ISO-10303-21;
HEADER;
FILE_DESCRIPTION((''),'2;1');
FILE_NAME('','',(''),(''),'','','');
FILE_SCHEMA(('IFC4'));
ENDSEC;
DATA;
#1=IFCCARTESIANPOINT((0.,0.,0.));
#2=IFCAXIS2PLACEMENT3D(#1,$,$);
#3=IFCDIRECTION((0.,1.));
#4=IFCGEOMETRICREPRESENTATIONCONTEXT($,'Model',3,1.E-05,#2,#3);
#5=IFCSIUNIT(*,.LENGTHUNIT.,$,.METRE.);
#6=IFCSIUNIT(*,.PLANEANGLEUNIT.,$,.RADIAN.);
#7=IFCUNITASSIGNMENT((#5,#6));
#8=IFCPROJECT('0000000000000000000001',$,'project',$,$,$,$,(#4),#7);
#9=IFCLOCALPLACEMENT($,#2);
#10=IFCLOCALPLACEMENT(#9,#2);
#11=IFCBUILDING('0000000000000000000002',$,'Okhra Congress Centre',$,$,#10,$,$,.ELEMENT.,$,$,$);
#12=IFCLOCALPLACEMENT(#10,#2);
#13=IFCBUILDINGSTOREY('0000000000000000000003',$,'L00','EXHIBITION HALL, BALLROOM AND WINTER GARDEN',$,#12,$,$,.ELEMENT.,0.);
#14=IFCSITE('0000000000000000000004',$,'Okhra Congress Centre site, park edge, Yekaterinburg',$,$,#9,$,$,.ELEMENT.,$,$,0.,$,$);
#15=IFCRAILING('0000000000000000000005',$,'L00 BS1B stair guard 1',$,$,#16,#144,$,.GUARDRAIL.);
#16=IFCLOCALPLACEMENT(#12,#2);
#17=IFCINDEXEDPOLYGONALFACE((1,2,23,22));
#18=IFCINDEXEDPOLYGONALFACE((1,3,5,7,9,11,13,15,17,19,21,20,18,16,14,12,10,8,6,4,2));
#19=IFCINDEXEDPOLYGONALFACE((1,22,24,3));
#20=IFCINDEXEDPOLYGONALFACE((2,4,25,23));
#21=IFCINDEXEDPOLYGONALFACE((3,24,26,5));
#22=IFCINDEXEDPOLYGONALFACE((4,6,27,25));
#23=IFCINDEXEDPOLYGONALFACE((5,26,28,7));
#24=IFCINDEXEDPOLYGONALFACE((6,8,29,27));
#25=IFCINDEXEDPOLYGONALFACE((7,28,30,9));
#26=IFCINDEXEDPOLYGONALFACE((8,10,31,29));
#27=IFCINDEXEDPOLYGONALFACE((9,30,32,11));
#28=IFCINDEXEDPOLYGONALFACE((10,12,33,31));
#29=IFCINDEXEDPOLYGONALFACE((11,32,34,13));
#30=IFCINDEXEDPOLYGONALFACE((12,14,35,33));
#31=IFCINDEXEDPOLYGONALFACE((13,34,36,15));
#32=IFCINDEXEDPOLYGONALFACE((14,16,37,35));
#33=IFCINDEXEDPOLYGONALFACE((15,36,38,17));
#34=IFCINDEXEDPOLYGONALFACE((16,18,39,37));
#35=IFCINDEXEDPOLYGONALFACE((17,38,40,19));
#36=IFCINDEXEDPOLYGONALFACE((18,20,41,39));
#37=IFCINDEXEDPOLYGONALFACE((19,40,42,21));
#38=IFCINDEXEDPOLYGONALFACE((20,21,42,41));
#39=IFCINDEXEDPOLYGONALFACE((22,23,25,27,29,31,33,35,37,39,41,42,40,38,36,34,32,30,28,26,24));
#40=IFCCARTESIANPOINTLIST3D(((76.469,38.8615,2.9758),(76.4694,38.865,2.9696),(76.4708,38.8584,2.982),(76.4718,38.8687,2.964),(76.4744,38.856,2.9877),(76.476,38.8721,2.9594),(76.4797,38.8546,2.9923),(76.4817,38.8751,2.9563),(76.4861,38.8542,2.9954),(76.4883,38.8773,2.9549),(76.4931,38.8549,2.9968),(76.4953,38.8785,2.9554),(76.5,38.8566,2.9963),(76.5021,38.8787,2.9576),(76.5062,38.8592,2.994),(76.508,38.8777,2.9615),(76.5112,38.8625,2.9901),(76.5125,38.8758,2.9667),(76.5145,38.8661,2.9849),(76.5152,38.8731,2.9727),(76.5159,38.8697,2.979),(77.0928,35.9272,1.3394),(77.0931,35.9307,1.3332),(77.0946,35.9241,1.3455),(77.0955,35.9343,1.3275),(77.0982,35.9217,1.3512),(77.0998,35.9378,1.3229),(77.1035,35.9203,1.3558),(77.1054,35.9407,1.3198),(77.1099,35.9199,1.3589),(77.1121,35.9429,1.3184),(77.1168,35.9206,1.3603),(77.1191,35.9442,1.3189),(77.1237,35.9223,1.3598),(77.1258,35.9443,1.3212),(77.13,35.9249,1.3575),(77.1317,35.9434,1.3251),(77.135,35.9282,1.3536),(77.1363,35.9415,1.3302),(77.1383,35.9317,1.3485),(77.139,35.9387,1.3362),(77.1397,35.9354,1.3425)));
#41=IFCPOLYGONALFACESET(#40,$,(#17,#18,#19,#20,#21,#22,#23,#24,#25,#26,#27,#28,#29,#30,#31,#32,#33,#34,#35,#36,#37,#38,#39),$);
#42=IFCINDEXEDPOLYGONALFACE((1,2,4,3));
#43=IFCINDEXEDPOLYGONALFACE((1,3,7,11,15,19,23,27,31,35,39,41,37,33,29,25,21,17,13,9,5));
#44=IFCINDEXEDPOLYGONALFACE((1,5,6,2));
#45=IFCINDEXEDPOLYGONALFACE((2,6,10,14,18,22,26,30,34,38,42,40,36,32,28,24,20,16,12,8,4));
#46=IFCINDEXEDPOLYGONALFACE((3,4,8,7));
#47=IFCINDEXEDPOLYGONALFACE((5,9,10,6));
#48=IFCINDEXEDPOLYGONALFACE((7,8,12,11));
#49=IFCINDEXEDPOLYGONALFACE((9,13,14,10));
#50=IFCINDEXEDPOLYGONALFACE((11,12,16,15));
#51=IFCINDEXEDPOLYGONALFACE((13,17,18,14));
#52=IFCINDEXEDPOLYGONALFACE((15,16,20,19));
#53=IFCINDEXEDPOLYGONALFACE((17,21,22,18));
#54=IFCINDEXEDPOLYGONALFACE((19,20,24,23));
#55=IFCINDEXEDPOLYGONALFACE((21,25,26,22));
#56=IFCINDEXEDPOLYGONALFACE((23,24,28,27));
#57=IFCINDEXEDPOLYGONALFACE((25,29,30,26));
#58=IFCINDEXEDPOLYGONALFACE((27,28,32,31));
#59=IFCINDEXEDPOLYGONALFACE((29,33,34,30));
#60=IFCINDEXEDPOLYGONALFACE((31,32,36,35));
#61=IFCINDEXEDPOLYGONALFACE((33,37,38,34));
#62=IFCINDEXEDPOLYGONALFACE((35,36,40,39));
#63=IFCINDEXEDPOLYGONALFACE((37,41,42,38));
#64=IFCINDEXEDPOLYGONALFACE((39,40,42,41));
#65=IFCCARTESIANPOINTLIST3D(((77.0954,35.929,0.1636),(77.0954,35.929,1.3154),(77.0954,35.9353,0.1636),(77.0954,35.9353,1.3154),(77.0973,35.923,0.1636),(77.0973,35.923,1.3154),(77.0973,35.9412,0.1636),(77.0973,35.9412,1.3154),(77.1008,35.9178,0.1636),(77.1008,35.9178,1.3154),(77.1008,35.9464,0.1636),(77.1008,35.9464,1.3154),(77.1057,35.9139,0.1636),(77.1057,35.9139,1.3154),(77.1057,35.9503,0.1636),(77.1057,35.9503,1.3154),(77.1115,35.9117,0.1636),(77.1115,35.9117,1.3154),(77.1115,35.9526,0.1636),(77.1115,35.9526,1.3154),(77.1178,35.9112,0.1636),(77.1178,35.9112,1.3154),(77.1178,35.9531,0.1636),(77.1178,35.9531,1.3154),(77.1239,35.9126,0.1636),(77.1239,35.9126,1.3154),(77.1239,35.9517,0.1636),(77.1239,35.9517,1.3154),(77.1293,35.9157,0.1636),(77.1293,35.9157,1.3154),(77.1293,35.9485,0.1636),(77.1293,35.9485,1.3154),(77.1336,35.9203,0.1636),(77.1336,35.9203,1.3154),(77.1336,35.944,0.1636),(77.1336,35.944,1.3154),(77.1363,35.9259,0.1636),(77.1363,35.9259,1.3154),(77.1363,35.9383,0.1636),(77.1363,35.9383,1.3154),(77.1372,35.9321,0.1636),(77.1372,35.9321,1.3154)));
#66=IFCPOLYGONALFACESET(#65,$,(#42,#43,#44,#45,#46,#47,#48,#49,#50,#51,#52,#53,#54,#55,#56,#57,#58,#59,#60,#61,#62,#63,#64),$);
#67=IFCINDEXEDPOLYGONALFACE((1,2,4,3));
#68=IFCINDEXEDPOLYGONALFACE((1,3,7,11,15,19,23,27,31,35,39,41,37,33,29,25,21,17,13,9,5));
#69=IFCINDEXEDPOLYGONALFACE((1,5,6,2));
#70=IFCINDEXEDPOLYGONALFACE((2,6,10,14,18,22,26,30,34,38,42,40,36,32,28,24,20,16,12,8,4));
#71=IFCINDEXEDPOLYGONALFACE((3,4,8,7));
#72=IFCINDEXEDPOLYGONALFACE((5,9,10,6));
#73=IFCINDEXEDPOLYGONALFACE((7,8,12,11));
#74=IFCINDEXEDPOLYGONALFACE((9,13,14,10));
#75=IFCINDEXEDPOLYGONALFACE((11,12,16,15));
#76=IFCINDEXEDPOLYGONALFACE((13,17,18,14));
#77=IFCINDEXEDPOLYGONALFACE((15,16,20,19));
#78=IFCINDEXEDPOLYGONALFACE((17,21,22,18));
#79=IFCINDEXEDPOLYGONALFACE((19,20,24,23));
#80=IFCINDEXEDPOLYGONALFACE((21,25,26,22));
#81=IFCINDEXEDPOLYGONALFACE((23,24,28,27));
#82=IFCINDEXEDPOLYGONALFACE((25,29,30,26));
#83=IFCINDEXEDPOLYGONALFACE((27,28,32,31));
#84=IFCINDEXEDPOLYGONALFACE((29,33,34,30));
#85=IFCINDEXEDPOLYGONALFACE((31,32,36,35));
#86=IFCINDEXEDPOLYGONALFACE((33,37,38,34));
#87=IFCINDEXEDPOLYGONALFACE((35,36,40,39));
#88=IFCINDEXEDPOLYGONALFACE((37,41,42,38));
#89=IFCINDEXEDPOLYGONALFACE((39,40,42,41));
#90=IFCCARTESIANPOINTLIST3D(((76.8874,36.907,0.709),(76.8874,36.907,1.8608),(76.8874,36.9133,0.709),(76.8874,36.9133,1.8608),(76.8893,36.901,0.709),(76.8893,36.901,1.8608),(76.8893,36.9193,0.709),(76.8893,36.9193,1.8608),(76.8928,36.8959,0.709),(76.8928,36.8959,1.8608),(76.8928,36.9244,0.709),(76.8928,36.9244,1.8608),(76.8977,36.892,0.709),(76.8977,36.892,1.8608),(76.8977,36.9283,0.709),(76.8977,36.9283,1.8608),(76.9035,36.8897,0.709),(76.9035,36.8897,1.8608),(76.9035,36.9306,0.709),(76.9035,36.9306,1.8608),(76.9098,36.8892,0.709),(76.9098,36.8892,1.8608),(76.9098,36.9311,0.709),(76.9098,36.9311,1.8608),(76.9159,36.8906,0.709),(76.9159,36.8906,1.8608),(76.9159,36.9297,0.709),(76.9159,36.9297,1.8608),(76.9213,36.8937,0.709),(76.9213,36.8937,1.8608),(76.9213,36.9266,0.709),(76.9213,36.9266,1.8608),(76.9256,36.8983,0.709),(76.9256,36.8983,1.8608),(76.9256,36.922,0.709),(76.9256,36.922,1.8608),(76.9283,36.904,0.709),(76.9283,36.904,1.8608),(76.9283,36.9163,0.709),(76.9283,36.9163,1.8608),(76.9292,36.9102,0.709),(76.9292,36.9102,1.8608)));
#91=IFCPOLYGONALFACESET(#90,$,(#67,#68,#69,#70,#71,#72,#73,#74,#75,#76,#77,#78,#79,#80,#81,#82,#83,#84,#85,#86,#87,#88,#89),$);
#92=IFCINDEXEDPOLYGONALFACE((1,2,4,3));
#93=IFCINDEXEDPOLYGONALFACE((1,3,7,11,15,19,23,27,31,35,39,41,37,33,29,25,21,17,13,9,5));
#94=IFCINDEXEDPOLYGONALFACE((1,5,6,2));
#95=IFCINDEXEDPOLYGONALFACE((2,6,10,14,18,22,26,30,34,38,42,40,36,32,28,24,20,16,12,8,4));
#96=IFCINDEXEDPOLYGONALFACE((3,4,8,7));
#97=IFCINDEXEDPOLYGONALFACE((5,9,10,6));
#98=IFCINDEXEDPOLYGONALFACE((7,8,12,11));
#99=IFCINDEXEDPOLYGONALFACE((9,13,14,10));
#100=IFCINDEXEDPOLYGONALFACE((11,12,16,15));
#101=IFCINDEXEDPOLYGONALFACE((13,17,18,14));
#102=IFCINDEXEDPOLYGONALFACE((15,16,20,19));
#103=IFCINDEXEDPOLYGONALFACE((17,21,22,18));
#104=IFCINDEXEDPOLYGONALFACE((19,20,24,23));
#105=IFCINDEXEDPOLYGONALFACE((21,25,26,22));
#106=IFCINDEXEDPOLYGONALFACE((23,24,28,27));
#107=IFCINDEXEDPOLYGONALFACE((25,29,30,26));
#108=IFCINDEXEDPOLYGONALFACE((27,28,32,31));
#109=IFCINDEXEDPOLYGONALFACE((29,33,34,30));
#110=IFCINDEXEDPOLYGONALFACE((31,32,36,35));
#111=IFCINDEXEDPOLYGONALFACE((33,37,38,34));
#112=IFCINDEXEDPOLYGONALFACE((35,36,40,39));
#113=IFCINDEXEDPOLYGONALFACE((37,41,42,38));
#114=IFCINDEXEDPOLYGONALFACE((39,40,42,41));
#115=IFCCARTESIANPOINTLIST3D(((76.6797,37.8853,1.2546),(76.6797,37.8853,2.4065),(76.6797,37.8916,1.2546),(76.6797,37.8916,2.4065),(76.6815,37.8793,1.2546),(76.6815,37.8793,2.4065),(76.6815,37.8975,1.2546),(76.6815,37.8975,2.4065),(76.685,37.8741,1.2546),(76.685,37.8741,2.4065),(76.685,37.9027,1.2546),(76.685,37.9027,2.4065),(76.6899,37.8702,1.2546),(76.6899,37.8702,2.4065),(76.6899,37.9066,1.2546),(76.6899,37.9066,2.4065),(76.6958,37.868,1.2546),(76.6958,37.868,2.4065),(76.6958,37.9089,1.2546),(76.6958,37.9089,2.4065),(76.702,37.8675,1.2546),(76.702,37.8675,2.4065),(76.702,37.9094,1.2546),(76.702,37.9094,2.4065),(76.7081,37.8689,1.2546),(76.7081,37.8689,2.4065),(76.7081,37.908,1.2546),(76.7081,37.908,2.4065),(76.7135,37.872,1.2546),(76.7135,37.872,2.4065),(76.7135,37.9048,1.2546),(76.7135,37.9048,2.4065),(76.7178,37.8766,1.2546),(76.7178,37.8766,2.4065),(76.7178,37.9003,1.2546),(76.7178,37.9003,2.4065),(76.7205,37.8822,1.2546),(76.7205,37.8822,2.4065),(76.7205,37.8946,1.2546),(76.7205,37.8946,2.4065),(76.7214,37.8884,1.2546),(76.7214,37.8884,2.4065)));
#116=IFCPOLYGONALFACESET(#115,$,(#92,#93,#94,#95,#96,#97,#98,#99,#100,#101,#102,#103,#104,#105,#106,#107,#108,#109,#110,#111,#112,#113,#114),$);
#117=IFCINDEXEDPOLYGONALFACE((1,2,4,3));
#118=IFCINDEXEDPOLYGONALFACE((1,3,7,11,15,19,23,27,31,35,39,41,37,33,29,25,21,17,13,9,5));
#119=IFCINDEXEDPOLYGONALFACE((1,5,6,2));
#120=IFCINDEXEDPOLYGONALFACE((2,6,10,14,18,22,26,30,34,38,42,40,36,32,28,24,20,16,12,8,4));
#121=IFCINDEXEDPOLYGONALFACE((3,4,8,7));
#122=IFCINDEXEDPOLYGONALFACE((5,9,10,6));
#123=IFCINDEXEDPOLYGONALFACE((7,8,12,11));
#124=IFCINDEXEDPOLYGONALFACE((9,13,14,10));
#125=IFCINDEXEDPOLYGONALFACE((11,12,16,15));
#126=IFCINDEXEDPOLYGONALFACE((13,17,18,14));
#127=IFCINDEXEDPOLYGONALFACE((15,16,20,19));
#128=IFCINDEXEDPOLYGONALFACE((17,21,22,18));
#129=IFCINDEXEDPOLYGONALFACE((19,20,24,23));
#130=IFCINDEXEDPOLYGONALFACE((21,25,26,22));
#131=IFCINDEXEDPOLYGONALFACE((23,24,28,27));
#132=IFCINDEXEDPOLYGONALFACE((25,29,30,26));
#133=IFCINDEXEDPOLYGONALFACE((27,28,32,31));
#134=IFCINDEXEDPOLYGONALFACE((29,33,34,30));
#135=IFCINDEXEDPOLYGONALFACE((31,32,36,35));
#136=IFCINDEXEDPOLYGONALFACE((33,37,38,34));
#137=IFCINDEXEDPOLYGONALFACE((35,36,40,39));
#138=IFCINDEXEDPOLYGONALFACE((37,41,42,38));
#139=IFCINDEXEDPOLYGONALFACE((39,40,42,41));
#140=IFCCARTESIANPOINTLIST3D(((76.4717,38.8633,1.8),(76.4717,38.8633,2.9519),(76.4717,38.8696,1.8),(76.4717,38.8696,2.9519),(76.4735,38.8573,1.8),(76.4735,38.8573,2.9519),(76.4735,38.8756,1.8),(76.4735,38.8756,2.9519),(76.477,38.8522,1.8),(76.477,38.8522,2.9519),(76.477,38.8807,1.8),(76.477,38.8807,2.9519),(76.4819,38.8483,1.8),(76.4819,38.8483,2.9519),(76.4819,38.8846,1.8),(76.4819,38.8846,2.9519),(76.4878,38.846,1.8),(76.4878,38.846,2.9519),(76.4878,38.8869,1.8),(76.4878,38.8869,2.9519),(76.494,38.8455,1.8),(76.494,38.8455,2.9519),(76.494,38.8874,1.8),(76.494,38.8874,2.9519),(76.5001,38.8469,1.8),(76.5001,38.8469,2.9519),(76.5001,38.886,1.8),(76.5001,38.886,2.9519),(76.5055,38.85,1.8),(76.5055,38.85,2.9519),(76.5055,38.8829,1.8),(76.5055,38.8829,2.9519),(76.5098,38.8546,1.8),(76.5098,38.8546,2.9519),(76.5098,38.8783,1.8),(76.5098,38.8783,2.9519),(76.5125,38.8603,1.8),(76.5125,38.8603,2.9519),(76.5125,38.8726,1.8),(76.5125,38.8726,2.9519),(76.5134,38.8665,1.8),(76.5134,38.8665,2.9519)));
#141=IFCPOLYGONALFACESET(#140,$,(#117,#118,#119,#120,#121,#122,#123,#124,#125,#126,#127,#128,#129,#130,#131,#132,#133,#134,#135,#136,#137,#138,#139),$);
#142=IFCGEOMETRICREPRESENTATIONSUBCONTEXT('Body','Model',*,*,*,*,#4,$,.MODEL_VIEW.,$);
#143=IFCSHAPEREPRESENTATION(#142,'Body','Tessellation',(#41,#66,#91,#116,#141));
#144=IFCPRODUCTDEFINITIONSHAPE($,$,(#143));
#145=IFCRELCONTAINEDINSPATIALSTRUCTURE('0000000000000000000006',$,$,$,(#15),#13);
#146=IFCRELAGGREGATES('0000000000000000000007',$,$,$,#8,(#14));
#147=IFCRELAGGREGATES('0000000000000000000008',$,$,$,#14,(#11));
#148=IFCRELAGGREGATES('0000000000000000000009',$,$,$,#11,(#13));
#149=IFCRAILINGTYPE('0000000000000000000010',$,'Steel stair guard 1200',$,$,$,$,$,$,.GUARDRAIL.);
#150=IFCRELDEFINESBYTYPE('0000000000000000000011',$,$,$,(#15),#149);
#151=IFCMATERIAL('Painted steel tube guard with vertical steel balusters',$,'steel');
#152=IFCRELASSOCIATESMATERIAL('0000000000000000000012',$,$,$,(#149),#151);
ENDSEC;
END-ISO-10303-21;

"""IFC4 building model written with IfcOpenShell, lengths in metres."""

from ifc_helpers import new_model, si_unit, direction, frame, origin, origin_2d, place, context, subcontext, project, spatial, circle, extrude, material, type_object, element, save


model = new_model("IFC4")

# Units and contexts
model_context = context("Model", 3, precision=1e-05, world=origin(), true_north=direction((0.0, 1.0)))
body_context = subcontext(model_context, "Body", "Model", "MODEL_VIEW")
ifc_project = project(units=[si_unit("LENGTHUNIT", "METRE"), si_unit("PLANEANGLEUNIT", "RADIAN")], contexts=[model_context])

# Site, building, storey
site_placement = place(None, origin())
site = spatial("IfcSite", under=ifc_project, at=site_placement, Name="Okhra Congress Centre site, park edge, Yekaterinburg", CompositionType="ELEMENT", RefElevation=0.0)
building_placement = place(site_placement, origin())
building = spatial("IfcBuilding", under=site, at=building_placement, Name="Okhra Congress Centre", CompositionType="ELEMENT")
storey_placement = place(building_placement, origin())
storey = spatial("IfcBuildingStorey", under=building, at=storey_placement, Name="L00", Description="EXHIBITION HALL, BALLROOM AND WINTER GARDEN", CompositionType="ELEMENT", Elevation=0.0)

# Railing
ifc_material_1 = material(Name="Painted steel tube guard with vertical steel balusters", Category="steel")
railing_type_1 = type_object("IfcRailingType", Name="Steel stair guard 1200", PredefinedType="GUARDRAIL", material=ifc_material_1)
railing_1_placement = place(storey_placement, frame((77.1162, 35.9321, 0.1636)))
element("IfcRailing", 1, at=railing_1_placement, inside=storey, type_object=railing_type_1, Name="L00 BS1B stair guard 1", PredefinedType="GUARDRAIL", context=body_context, shape_type="SweptSolid", body=[
    extrude(circle(Radius=0.0239, at=origin_2d()), frame((0.0, 0.0, 1.1758), z_axis=(-0.18254, 0.858687, 0.47889), x_axis=(-0.978143, -0.207934, 0.0)), (0.0, 0.0, 1.0), 3.4172),
    extrude(circle(Radius=0.021, at=origin_2d()), origin(), (0.0, 0.0, 1.0), 1.1519),
    extrude(circle(Radius=0.021, at=origin_2d()), frame((-0.208, 0.978, 0.5454)), (0.0, 0.0, 1.0), 1.1519),
    extrude(circle(Radius=0.021, at=origin_2d()), frame((-0.4158, 1.9563, 1.0911)), (0.0, 0.0, 1.0), 1.1519),
    extrude(circle(Radius=0.021, at=origin_2d()), frame((-0.6238, 2.9343, 1.6365)), (0.0, 0.0, 1.0), 1.1519),
])

save(model, "model.ifc")
